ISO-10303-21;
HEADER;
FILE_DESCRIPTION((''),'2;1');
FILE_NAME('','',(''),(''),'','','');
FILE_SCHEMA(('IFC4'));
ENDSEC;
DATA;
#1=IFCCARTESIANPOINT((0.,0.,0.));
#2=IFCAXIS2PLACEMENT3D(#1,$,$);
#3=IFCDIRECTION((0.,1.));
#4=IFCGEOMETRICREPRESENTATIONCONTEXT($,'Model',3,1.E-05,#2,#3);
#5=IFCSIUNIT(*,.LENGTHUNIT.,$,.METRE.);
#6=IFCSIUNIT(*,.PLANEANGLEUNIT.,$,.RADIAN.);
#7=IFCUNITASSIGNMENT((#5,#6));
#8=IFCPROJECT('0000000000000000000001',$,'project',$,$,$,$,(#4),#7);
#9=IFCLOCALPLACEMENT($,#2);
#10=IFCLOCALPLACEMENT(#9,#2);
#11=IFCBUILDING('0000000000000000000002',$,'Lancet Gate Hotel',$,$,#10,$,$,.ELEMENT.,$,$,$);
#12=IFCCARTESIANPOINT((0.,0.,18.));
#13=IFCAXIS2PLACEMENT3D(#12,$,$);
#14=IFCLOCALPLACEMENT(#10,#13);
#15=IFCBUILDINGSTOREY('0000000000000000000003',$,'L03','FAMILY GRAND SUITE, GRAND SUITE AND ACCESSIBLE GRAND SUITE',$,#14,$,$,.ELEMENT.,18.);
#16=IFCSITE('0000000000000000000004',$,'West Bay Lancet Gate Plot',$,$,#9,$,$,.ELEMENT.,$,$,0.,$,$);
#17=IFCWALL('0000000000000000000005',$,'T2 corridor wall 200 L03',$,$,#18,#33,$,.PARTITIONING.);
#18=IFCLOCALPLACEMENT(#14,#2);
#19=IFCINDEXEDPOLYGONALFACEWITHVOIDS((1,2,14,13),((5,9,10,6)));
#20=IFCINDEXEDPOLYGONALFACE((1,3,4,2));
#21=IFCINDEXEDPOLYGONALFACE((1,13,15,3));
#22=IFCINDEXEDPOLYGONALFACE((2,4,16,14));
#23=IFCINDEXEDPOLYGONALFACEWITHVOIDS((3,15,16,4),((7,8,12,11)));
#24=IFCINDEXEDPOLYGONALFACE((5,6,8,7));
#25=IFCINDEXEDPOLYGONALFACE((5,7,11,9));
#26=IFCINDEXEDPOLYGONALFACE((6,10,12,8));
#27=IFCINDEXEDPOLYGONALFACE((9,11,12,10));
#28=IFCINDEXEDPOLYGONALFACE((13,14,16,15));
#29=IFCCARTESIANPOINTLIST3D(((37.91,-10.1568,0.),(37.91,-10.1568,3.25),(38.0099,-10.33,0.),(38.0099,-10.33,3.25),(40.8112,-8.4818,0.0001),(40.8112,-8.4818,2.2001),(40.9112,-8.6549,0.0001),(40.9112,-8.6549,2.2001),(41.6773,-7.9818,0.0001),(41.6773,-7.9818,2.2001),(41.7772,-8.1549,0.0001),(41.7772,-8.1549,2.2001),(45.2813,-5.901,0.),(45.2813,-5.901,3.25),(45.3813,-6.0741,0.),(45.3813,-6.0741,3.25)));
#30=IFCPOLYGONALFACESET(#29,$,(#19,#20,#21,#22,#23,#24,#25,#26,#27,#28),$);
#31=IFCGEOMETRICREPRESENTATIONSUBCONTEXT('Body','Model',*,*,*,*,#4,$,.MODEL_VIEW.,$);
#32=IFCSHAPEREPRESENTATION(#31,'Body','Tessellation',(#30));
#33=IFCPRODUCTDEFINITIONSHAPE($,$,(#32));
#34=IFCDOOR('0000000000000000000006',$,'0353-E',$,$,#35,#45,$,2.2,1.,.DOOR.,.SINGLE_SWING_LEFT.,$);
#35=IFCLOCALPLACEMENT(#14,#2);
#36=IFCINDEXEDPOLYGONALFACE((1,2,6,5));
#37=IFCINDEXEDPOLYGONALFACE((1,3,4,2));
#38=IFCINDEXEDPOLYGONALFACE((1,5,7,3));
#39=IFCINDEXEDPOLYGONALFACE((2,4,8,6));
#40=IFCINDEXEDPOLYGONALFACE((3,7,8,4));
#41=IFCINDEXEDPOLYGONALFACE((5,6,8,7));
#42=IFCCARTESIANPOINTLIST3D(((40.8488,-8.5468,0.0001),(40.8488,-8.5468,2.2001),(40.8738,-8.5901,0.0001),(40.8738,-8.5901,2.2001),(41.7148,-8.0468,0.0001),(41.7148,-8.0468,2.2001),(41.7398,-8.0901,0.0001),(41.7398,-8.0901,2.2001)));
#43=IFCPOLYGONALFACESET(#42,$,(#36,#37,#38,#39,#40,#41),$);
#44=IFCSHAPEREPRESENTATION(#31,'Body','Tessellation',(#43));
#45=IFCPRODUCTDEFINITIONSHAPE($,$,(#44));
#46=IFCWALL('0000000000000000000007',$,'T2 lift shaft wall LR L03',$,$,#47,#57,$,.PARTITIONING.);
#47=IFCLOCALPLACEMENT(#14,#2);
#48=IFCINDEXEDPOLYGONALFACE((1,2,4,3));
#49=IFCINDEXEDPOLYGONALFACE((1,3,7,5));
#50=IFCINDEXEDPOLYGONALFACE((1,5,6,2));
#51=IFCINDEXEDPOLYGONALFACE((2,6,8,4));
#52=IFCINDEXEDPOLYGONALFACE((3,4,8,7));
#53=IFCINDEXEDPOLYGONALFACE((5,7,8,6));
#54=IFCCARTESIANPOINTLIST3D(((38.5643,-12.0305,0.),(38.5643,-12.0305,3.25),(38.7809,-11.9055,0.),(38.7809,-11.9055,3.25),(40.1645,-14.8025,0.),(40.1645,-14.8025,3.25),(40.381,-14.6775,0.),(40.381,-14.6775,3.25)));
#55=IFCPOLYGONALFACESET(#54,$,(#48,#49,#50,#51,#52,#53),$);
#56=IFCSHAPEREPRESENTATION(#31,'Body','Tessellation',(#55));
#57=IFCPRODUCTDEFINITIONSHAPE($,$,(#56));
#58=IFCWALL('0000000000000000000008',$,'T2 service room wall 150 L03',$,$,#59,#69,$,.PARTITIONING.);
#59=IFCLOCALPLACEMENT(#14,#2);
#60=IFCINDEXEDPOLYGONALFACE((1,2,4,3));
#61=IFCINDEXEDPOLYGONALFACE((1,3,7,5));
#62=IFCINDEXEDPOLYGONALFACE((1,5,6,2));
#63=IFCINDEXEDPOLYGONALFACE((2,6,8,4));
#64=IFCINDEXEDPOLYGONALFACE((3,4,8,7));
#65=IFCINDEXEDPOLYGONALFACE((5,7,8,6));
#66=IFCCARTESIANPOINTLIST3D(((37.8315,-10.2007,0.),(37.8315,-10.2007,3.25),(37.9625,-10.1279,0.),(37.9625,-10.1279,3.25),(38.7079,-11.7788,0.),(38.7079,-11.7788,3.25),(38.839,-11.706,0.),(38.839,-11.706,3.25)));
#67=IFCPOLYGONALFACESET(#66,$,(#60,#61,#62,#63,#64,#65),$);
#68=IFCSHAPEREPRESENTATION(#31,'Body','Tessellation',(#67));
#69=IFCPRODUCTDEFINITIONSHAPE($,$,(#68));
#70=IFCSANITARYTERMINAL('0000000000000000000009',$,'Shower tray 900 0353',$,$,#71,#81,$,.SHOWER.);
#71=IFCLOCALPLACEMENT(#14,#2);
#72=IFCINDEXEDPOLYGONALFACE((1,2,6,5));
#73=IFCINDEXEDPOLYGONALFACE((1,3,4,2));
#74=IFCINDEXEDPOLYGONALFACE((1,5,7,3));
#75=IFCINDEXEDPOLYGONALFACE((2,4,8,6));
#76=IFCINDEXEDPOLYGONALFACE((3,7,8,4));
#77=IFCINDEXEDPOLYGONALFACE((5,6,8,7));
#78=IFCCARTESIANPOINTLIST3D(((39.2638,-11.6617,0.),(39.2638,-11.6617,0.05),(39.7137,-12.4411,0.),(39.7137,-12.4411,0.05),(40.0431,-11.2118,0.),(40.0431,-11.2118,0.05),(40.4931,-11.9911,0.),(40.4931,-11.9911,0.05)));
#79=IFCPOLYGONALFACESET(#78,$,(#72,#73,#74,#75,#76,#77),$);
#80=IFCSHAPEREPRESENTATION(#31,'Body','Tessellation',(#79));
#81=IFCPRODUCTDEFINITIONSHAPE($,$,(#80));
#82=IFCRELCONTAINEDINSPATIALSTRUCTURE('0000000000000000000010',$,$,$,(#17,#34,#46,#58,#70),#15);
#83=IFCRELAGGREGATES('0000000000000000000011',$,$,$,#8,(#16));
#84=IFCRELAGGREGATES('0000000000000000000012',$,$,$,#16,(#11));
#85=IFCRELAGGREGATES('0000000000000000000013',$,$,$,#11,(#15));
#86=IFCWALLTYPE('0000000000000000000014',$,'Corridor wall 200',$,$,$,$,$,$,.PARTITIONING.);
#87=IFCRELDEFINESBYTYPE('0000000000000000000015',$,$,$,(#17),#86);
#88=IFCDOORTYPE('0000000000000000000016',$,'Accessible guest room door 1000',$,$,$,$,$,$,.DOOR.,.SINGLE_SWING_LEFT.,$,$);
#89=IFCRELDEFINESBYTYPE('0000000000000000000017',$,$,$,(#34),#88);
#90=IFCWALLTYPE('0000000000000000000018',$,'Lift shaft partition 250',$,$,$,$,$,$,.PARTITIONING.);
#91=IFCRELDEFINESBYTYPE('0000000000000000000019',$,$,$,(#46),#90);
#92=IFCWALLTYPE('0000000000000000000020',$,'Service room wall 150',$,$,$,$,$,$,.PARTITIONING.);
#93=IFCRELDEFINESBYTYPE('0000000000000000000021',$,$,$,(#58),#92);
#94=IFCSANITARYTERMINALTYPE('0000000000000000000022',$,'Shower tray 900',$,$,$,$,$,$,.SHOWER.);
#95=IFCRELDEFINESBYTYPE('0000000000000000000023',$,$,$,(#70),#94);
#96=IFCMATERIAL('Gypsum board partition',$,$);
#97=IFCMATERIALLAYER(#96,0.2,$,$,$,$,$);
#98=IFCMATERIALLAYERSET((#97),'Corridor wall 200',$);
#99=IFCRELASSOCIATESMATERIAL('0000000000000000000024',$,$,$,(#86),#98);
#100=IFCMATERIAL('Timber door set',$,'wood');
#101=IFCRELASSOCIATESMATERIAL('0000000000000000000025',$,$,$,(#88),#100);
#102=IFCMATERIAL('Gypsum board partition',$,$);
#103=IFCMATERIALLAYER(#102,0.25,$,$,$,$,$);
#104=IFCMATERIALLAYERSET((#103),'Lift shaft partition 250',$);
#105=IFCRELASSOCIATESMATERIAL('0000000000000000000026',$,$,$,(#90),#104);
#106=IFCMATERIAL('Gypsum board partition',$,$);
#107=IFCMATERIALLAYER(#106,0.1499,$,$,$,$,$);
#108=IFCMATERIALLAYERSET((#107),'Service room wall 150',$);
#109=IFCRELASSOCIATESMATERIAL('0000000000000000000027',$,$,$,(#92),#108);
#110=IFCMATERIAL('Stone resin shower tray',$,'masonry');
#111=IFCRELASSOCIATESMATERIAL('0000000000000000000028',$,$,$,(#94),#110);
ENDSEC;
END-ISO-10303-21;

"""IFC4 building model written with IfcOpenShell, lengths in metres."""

from ifc_helpers import new_model, si_unit, direction, frame, frame_2d, origin, origin_2d, place, context, subcontext, project, spatial, rectangle, extrude, material, layer, layer_set, type_object, element, fill, save


model = new_model("IFC4")

# Units and contexts
model_context = context("Model", 3, precision=1e-05, world=origin(), true_north=direction((0.0, 1.0)))
body_context = subcontext(model_context, "Body", "Model", "MODEL_VIEW")
ifc_project = project(units=[si_unit("LENGTHUNIT", "METRE"), si_unit("PLANEANGLEUNIT", "RADIAN")], contexts=[model_context])

# Site, building, storey
site_placement = place(None, origin())
site = spatial("IfcSite", under=ifc_project, at=site_placement, Name="West Bay Lancet Gate Plot", CompositionType="ELEMENT", RefElevation=0.0)
building_placement = place(site_placement, origin())
building = spatial("IfcBuilding", under=site, at=building_placement, Name="Lancet Gate Hotel", CompositionType="ELEMENT")
storey_placement = place(building_placement, frame((0.0, 0.0, 18.0)))
storey = spatial("IfcBuildingStorey", under=building, at=storey_placement, Name="L03", Description="FAMILY GRAND SUITE, GRAND SUITE AND ACCESSIBLE GRAND SUITE", CompositionType="ELEMENT", Elevation=18.0)

# Wall, opening, door
ifc_material_1 = material(Name="Gypsum board partition")
ifc_layer_1 = layer(ifc_material_1, 0.2)
ifc_layer_set_1 = layer_set([ifc_layer_1], Name="Corridor wall 200")
wall_type_1 = type_object("IfcWallType", Name="Corridor wall 200", PredefinedType="PARTITIONING", material=ifc_layer_set_1)
wall_1_placement = place(storey_placement, frame((37.96, -10.2434, 0.0), z_axis=(0.0, 0.0, 1.0), x_axis=(0.866025, 0.500001, 0.0)))
wall_1 = element("IfcWall", 1, at=wall_1_placement, inside=storey, type_object=wall_type_1, Name="T2 corridor wall 200 L03", PredefinedType="PARTITIONING", context=body_context, shape_type="SweptSolid", body=[
    extrude(rectangle(XDim=8.5117, YDim=0.2, at=frame_2d((4.2559, 0.0))), origin(), (0.0, 0.0, 1.0), 3.25),
])
opening_1_placement = place(wall_1_placement, frame((3.3501, 0.0, 0.0)))
opening_1 = element("IfcOpeningElement", 2, at=opening_1_placement, cuts=wall_1, PredefinedType="OPENING", context=body_context, shape_type="SweptSolid", body=[
    extrude(rectangle(XDim=1.0, YDim=2.2, at=frame_2d((0.5, 1.1001))), frame((0.0, 0.1099, 0.0), z_axis=(0.0, -1.0, 0.0), x_axis=(1.0, 0.0, 0.0)), (0.0, 0.0, 1.0), 0.22),
])
ifc_material_2 = material(Name="Timber door set", Category="wood")
door_type_1 = type_object("IfcDoorType", Name="Accessible guest room door 1000", OperationType="SINGLE_SWING_LEFT", PredefinedType="DOOR", material=ifc_material_2)
door_1_placement = place(opening_1_placement, origin())
door_1 = element("IfcDoor", 3, at=door_1_placement, inside=storey, type_object=door_type_1, Name="0353-E", OperationType="SINGLE_SWING_LEFT", OverallHeight=2.2, OverallWidth=1.0, PredefinedType="DOOR", context=body_context, shape_type="SweptSolid", body=[
    extrude(rectangle(XDim=1.0, YDim=2.2, at=frame_2d((0.5, 1.1001))), frame((0.0, 0.0249, 0.0), z_axis=(0.0, -1.0, 0.0), x_axis=(1.0, 0.0, 0.0)), (0.0, 0.0, 1.0), 0.05),
])
fill(opening_1, door_1)

# Walls
ifc_material_3 = material(Name="Gypsum board partition")
ifc_layer_2 = layer(ifc_material_3, 0.25)
ifc_layer_set_2 = layer_set([ifc_layer_2], Name="Lift shaft partition 250")
wall_type_2 = type_object("IfcWallType", Name="Lift shaft partition 250", PredefinedType="PARTITIONING", material=ifc_layer_set_2)
wall_2_placement = place(storey_placement, frame((38.6726, -11.968, 0.0), z_axis=(0.0, 0.0, 1.0), x_axis=(0.499929, -0.866066, 0.0)))
element("IfcWall", 4, at=wall_2_placement, inside=storey, type_object=wall_type_2, Name="T2 lift shaft wall LR L03", PredefinedType="PARTITIONING", context=body_context, shape_type="SweptSolid", body=[
    extrude(rectangle(XDim=3.2007, YDim=0.25, at=frame_2d((1.6003, 0.0))), origin(), (0.0, 0.0, 1.0), 3.25),
])
ifc_material_4 = material(Name="Gypsum board partition")
ifc_layer_3 = layer(ifc_material_4, 0.1499)
ifc_layer_set_3 = layer_set([ifc_layer_3], Name="Service room wall 150")
wall_type_3 = type_object("IfcWallType", Name="Service room wall 150", PredefinedType="PARTITIONING", material=ifc_layer_set_3)
wall_3_placement = place(storey_placement, frame((38.7734, -11.7424, 0.0), z_axis=(0.0, 0.0, 1.0), x_axis=(-0.485528, 0.874221, 0.0)))
element("IfcWall", 5, at=wall_3_placement, inside=storey, type_object=wall_type_3, Name="T2 service room wall 150 L03", PredefinedType="PARTITIONING", context=body_context, shape_type="SweptSolid", body=[
    extrude(rectangle(XDim=1.8052, YDim=0.1499, at=frame_2d((0.9026, 0.0))), origin(), (0.0, 0.0, 1.0), 3.25),
])

# Sanitary terminal
ifc_material_5 = material(Name="Stone resin shower tray", Category="masonry")
sanitary_terminal_type = type_object("IfcSanitaryTerminalType", Name="Shower tray 900", PredefinedType="SHOWER", material=ifc_material_5)
sanitary_terminal_placement = place(storey_placement, frame((39.8784, -11.8264, 0.0), z_axis=(0.0, 0.0, 1.0), x_axis=(-0.866025, -0.5, 0.0)))
element("IfcSanitaryTerminal", 6, at=sanitary_terminal_placement, inside=storey, type_object=sanitary_terminal_type, Name="Shower tray 900 0353", PredefinedType="SHOWER", context=body_context, shape_type="SweptSolid", body=[
    extrude(rectangle(XDim=0.8999, YDim=0.8999, at=origin_2d()), origin(), (0.0, 0.0, 1.0), 0.05),
])

save(model, "model.ifc")
